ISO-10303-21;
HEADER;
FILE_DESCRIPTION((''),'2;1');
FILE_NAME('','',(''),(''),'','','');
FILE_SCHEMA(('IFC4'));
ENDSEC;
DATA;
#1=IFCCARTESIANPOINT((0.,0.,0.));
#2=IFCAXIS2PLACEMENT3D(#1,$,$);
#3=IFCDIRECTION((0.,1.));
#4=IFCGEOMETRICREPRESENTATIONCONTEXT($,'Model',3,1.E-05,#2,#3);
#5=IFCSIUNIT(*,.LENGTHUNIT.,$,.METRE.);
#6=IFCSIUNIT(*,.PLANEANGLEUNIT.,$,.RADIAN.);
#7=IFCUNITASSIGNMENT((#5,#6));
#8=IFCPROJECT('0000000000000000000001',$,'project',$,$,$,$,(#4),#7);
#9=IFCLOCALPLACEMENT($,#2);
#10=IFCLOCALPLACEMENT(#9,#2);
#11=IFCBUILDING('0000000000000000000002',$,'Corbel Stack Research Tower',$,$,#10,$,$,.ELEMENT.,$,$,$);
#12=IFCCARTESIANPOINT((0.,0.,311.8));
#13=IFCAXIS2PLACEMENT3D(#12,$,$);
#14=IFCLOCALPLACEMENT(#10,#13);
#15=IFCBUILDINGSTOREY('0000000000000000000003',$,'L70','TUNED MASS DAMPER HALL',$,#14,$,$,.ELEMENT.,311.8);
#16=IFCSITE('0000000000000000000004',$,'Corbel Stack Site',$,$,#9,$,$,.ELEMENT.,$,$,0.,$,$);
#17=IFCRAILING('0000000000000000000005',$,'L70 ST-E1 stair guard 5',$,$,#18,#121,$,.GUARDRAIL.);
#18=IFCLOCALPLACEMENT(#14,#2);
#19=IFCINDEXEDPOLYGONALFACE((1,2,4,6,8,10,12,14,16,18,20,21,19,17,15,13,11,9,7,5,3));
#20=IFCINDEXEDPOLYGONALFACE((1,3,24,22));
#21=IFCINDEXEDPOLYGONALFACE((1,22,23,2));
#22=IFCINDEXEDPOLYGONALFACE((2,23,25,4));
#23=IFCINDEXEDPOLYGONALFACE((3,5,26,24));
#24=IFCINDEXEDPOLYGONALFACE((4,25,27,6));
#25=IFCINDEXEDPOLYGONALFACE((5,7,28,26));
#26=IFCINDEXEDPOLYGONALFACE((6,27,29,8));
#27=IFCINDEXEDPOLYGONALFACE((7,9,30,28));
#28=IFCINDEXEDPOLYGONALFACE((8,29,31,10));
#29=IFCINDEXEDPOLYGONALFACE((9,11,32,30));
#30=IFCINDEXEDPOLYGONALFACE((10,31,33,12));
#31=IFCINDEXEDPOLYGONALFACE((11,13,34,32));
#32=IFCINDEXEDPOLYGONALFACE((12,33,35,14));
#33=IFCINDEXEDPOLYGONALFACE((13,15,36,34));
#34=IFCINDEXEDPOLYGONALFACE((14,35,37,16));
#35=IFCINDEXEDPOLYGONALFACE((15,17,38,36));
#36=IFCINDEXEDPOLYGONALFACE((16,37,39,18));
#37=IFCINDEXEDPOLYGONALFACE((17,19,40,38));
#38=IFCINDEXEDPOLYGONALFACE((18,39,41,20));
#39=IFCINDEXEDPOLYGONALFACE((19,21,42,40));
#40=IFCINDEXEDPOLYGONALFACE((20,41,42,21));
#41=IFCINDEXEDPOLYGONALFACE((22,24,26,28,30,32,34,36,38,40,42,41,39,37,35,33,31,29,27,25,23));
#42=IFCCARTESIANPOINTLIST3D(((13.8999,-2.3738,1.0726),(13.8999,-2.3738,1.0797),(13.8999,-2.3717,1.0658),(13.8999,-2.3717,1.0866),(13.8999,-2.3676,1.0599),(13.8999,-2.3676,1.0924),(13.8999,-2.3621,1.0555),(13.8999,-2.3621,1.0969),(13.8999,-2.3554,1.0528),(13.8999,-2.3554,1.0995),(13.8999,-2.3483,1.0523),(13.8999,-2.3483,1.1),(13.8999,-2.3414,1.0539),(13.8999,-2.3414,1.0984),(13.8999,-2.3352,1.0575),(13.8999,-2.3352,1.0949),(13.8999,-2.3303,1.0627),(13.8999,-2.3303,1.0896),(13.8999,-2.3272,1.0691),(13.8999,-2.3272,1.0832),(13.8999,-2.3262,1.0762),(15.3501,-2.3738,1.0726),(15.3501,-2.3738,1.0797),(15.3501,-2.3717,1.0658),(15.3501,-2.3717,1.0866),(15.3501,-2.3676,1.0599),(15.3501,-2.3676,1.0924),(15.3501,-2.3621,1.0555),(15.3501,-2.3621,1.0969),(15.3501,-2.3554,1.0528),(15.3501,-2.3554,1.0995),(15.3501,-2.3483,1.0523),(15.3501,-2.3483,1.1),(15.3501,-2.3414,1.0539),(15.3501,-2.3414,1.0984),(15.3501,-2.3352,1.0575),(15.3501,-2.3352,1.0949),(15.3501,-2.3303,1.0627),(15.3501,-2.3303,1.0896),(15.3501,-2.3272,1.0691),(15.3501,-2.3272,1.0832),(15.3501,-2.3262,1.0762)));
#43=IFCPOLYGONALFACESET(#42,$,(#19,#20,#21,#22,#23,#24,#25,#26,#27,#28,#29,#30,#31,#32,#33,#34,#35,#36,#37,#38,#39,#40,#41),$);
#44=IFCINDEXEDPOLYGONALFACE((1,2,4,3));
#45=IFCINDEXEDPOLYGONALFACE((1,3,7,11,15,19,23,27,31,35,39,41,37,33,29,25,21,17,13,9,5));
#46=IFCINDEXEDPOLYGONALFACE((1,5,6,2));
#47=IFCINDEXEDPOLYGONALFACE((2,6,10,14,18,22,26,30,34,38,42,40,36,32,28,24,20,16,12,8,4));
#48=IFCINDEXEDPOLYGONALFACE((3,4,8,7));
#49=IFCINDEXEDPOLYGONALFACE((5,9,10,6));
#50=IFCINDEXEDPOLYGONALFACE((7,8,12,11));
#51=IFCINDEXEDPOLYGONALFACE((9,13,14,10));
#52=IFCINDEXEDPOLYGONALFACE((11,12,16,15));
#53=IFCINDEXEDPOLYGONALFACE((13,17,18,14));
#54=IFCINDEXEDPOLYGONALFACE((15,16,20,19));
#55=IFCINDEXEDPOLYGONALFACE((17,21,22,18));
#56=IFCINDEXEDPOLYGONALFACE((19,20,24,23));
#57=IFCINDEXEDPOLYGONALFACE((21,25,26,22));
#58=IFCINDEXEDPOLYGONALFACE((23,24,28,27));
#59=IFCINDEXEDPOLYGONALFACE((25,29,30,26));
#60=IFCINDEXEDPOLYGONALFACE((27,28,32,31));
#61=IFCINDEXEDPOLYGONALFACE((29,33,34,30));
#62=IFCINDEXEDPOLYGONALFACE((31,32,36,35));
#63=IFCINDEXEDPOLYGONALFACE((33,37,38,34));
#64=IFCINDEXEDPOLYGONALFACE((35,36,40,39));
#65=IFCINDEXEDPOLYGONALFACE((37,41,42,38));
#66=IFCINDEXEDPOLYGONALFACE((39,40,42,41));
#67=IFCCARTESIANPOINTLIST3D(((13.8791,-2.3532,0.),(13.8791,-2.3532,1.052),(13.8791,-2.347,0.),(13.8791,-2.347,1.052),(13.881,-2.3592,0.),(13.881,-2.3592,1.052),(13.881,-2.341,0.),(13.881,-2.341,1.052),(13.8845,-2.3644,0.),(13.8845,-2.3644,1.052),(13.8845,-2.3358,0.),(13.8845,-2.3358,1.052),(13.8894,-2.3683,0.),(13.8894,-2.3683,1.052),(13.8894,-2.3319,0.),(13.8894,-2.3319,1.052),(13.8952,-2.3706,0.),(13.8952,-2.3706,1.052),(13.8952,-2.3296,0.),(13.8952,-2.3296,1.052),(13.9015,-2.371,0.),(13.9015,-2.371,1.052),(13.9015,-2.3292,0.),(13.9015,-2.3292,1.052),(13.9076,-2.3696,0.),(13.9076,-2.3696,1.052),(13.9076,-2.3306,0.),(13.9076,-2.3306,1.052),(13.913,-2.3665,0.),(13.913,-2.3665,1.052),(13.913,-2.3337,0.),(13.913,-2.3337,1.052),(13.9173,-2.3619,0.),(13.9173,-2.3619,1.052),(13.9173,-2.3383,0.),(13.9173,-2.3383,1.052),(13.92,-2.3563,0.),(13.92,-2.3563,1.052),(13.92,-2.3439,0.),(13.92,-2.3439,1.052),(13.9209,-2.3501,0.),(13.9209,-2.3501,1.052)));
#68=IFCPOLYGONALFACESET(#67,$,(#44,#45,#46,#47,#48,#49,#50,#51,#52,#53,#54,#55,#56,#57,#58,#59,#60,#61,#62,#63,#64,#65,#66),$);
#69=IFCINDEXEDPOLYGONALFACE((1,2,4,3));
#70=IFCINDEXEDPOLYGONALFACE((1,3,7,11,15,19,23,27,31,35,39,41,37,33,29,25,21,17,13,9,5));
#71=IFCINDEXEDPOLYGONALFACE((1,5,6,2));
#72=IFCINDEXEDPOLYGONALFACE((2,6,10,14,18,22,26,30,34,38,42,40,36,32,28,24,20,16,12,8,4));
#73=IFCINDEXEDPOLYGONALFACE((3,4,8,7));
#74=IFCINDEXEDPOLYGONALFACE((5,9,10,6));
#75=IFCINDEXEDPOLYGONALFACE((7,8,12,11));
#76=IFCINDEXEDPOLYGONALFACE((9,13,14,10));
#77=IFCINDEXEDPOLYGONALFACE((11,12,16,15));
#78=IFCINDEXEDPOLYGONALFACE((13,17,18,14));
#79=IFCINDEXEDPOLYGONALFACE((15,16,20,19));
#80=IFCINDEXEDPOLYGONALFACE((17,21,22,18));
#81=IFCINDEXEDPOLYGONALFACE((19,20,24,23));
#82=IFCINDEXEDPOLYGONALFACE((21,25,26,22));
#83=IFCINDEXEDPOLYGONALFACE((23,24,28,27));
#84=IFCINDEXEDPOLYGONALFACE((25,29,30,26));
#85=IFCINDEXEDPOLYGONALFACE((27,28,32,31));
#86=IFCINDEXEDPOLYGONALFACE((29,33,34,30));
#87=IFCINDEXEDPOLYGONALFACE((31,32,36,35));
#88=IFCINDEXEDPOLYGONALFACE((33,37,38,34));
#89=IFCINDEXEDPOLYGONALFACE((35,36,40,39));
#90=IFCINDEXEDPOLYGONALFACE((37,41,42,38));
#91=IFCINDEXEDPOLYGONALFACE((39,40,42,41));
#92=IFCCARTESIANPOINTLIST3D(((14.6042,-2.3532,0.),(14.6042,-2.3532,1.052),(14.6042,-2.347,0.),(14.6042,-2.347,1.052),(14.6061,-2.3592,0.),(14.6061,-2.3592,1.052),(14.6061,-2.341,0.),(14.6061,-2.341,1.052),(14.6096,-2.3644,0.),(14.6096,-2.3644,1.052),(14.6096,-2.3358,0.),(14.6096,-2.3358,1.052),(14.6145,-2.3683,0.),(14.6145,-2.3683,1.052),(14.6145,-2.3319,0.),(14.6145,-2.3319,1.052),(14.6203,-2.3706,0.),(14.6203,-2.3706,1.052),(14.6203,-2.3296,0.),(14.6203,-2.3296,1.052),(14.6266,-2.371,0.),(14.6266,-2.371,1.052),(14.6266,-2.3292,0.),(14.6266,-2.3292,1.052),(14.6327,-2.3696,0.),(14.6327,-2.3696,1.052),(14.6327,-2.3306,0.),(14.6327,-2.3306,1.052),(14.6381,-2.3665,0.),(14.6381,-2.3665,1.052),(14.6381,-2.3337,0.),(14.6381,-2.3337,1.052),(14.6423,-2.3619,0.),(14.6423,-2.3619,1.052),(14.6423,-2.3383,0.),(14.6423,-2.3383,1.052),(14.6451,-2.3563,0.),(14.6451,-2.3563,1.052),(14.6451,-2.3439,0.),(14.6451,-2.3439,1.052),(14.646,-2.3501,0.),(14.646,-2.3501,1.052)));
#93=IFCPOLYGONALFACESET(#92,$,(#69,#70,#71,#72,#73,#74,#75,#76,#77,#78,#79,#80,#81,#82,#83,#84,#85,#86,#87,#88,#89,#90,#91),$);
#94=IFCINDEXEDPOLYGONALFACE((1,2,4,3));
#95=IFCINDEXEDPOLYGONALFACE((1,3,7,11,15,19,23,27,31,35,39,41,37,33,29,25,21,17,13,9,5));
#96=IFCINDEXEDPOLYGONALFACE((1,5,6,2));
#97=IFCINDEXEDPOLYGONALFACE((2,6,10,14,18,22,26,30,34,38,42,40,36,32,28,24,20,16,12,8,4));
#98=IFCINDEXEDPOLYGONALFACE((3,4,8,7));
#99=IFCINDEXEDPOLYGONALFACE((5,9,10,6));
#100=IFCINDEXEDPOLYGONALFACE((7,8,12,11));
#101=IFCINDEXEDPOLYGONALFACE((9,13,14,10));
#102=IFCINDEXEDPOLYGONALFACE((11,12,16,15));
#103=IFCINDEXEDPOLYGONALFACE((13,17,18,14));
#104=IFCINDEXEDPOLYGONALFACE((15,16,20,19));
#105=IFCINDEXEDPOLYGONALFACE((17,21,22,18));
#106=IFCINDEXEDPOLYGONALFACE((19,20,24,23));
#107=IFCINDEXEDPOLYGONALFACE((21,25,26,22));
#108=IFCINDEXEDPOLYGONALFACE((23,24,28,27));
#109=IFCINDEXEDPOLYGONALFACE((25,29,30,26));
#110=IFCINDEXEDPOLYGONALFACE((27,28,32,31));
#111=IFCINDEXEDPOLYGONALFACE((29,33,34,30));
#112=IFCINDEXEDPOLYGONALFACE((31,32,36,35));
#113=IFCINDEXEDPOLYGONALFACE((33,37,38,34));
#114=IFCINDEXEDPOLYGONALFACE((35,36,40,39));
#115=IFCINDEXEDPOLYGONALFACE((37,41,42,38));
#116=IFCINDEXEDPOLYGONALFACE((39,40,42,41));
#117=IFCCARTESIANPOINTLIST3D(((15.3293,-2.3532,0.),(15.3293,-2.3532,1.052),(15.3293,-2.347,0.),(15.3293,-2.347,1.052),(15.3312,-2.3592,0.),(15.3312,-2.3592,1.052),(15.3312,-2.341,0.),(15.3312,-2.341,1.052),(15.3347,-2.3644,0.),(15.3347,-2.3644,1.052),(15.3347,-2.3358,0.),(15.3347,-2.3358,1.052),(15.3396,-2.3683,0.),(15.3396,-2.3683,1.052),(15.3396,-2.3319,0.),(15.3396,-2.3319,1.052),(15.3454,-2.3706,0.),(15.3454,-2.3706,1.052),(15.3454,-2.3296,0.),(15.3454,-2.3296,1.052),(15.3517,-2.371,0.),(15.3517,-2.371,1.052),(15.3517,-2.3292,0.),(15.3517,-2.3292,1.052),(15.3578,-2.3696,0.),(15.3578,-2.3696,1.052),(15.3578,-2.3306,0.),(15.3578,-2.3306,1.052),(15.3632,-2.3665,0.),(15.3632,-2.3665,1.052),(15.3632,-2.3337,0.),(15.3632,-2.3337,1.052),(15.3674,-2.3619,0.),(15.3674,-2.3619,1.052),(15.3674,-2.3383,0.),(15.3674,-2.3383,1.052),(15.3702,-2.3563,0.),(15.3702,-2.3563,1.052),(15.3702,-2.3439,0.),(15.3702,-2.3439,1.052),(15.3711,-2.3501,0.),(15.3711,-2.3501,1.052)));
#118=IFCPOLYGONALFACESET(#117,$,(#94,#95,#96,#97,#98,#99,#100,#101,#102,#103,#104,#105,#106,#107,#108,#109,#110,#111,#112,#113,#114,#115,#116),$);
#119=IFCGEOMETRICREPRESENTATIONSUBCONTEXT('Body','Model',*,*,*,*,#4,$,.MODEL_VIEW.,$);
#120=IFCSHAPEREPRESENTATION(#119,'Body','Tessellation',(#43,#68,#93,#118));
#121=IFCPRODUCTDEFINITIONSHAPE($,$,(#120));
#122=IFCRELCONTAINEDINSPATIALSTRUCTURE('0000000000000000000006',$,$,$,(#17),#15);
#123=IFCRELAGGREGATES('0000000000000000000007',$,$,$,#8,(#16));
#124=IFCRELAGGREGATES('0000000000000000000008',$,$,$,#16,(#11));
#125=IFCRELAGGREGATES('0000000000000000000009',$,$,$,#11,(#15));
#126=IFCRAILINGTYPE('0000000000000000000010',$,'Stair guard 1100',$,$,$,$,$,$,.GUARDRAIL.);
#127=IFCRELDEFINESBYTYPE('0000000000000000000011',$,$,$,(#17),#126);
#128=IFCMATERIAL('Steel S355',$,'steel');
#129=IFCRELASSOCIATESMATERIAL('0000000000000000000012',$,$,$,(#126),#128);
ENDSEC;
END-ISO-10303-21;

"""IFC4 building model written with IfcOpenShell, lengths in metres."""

from ifc_helpers import new_model, si_unit, direction, frame, origin, origin_2d, place, context, subcontext, project, spatial, circle, extrude, material, type_object, element, save


model = new_model("IFC4")

# Units and contexts
model_context = context("Model", 3, precision=1e-05, world=origin(), true_north=direction((0.0, 1.0)))
body_context = subcontext(model_context, "Body", "Model", "MODEL_VIEW")
ifc_project = project(units=[si_unit("LENGTHUNIT", "METRE"), si_unit("PLANEANGLEUNIT", "RADIAN")], contexts=[model_context])

# Site, building, storey
site_placement = place(None, origin())
site = spatial("IfcSite", under=ifc_project, at=site_placement, Name="Corbel Stack Site", CompositionType="ELEMENT", RefElevation=0.0)
building_placement = place(site_placement, origin())
building = spatial("IfcBuilding", under=site, at=building_placement, Name="Corbel Stack Research Tower", CompositionType="ELEMENT")
storey_placement = place(building_placement, frame((0.0, 0.0, 311.8)))
storey = spatial("IfcBuildingStorey", under=building, at=storey_placement, Name="L70", Description="TUNED MASS DAMPER HALL", CompositionType="ELEMENT", Elevation=311.8)

# Railing
ifc_material_1 = material(Name="Steel S355", Category="steel")
railing_type_1 = type_object("IfcRailingType", Name="Stair guard 1100", PredefinedType="GUARDRAIL", material=ifc_material_1)
railing_1_placement = place(storey_placement, frame((13.8999, -2.3501, 0.0)))
element("IfcRailing", 1, at=railing_1_placement, inside=storey, type_object=railing_type_1, Name="L70 ST-E1 stair guard 5", PredefinedType="GUARDRAIL", context=body_context, shape_type="SweptSolid", body=[
    extrude(circle(Radius=0.0239, at=origin_2d()), frame((0.0, 0.0, 1.0762), z_axis=(1.0, 0.0, 0.0), x_axis=(0.0, 1.0, 0.0)), (0.0, 0.0, 1.0), 1.4502),
    extrude(circle(Radius=0.021, at=origin_2d()), origin(), (0.0, 0.0, 1.0), 1.052),
    extrude(circle(Radius=0.021, at=origin_2d()), frame((0.7251, 0.0, 0.0)), (0.0, 0.0, 1.0), 1.052),
    extrude(circle(Radius=0.021, at=origin_2d()), frame((1.4502, 0.0, 0.0)), (0.0, 0.0, 1.0), 1.052),
])

save(model, "model.ifc")
